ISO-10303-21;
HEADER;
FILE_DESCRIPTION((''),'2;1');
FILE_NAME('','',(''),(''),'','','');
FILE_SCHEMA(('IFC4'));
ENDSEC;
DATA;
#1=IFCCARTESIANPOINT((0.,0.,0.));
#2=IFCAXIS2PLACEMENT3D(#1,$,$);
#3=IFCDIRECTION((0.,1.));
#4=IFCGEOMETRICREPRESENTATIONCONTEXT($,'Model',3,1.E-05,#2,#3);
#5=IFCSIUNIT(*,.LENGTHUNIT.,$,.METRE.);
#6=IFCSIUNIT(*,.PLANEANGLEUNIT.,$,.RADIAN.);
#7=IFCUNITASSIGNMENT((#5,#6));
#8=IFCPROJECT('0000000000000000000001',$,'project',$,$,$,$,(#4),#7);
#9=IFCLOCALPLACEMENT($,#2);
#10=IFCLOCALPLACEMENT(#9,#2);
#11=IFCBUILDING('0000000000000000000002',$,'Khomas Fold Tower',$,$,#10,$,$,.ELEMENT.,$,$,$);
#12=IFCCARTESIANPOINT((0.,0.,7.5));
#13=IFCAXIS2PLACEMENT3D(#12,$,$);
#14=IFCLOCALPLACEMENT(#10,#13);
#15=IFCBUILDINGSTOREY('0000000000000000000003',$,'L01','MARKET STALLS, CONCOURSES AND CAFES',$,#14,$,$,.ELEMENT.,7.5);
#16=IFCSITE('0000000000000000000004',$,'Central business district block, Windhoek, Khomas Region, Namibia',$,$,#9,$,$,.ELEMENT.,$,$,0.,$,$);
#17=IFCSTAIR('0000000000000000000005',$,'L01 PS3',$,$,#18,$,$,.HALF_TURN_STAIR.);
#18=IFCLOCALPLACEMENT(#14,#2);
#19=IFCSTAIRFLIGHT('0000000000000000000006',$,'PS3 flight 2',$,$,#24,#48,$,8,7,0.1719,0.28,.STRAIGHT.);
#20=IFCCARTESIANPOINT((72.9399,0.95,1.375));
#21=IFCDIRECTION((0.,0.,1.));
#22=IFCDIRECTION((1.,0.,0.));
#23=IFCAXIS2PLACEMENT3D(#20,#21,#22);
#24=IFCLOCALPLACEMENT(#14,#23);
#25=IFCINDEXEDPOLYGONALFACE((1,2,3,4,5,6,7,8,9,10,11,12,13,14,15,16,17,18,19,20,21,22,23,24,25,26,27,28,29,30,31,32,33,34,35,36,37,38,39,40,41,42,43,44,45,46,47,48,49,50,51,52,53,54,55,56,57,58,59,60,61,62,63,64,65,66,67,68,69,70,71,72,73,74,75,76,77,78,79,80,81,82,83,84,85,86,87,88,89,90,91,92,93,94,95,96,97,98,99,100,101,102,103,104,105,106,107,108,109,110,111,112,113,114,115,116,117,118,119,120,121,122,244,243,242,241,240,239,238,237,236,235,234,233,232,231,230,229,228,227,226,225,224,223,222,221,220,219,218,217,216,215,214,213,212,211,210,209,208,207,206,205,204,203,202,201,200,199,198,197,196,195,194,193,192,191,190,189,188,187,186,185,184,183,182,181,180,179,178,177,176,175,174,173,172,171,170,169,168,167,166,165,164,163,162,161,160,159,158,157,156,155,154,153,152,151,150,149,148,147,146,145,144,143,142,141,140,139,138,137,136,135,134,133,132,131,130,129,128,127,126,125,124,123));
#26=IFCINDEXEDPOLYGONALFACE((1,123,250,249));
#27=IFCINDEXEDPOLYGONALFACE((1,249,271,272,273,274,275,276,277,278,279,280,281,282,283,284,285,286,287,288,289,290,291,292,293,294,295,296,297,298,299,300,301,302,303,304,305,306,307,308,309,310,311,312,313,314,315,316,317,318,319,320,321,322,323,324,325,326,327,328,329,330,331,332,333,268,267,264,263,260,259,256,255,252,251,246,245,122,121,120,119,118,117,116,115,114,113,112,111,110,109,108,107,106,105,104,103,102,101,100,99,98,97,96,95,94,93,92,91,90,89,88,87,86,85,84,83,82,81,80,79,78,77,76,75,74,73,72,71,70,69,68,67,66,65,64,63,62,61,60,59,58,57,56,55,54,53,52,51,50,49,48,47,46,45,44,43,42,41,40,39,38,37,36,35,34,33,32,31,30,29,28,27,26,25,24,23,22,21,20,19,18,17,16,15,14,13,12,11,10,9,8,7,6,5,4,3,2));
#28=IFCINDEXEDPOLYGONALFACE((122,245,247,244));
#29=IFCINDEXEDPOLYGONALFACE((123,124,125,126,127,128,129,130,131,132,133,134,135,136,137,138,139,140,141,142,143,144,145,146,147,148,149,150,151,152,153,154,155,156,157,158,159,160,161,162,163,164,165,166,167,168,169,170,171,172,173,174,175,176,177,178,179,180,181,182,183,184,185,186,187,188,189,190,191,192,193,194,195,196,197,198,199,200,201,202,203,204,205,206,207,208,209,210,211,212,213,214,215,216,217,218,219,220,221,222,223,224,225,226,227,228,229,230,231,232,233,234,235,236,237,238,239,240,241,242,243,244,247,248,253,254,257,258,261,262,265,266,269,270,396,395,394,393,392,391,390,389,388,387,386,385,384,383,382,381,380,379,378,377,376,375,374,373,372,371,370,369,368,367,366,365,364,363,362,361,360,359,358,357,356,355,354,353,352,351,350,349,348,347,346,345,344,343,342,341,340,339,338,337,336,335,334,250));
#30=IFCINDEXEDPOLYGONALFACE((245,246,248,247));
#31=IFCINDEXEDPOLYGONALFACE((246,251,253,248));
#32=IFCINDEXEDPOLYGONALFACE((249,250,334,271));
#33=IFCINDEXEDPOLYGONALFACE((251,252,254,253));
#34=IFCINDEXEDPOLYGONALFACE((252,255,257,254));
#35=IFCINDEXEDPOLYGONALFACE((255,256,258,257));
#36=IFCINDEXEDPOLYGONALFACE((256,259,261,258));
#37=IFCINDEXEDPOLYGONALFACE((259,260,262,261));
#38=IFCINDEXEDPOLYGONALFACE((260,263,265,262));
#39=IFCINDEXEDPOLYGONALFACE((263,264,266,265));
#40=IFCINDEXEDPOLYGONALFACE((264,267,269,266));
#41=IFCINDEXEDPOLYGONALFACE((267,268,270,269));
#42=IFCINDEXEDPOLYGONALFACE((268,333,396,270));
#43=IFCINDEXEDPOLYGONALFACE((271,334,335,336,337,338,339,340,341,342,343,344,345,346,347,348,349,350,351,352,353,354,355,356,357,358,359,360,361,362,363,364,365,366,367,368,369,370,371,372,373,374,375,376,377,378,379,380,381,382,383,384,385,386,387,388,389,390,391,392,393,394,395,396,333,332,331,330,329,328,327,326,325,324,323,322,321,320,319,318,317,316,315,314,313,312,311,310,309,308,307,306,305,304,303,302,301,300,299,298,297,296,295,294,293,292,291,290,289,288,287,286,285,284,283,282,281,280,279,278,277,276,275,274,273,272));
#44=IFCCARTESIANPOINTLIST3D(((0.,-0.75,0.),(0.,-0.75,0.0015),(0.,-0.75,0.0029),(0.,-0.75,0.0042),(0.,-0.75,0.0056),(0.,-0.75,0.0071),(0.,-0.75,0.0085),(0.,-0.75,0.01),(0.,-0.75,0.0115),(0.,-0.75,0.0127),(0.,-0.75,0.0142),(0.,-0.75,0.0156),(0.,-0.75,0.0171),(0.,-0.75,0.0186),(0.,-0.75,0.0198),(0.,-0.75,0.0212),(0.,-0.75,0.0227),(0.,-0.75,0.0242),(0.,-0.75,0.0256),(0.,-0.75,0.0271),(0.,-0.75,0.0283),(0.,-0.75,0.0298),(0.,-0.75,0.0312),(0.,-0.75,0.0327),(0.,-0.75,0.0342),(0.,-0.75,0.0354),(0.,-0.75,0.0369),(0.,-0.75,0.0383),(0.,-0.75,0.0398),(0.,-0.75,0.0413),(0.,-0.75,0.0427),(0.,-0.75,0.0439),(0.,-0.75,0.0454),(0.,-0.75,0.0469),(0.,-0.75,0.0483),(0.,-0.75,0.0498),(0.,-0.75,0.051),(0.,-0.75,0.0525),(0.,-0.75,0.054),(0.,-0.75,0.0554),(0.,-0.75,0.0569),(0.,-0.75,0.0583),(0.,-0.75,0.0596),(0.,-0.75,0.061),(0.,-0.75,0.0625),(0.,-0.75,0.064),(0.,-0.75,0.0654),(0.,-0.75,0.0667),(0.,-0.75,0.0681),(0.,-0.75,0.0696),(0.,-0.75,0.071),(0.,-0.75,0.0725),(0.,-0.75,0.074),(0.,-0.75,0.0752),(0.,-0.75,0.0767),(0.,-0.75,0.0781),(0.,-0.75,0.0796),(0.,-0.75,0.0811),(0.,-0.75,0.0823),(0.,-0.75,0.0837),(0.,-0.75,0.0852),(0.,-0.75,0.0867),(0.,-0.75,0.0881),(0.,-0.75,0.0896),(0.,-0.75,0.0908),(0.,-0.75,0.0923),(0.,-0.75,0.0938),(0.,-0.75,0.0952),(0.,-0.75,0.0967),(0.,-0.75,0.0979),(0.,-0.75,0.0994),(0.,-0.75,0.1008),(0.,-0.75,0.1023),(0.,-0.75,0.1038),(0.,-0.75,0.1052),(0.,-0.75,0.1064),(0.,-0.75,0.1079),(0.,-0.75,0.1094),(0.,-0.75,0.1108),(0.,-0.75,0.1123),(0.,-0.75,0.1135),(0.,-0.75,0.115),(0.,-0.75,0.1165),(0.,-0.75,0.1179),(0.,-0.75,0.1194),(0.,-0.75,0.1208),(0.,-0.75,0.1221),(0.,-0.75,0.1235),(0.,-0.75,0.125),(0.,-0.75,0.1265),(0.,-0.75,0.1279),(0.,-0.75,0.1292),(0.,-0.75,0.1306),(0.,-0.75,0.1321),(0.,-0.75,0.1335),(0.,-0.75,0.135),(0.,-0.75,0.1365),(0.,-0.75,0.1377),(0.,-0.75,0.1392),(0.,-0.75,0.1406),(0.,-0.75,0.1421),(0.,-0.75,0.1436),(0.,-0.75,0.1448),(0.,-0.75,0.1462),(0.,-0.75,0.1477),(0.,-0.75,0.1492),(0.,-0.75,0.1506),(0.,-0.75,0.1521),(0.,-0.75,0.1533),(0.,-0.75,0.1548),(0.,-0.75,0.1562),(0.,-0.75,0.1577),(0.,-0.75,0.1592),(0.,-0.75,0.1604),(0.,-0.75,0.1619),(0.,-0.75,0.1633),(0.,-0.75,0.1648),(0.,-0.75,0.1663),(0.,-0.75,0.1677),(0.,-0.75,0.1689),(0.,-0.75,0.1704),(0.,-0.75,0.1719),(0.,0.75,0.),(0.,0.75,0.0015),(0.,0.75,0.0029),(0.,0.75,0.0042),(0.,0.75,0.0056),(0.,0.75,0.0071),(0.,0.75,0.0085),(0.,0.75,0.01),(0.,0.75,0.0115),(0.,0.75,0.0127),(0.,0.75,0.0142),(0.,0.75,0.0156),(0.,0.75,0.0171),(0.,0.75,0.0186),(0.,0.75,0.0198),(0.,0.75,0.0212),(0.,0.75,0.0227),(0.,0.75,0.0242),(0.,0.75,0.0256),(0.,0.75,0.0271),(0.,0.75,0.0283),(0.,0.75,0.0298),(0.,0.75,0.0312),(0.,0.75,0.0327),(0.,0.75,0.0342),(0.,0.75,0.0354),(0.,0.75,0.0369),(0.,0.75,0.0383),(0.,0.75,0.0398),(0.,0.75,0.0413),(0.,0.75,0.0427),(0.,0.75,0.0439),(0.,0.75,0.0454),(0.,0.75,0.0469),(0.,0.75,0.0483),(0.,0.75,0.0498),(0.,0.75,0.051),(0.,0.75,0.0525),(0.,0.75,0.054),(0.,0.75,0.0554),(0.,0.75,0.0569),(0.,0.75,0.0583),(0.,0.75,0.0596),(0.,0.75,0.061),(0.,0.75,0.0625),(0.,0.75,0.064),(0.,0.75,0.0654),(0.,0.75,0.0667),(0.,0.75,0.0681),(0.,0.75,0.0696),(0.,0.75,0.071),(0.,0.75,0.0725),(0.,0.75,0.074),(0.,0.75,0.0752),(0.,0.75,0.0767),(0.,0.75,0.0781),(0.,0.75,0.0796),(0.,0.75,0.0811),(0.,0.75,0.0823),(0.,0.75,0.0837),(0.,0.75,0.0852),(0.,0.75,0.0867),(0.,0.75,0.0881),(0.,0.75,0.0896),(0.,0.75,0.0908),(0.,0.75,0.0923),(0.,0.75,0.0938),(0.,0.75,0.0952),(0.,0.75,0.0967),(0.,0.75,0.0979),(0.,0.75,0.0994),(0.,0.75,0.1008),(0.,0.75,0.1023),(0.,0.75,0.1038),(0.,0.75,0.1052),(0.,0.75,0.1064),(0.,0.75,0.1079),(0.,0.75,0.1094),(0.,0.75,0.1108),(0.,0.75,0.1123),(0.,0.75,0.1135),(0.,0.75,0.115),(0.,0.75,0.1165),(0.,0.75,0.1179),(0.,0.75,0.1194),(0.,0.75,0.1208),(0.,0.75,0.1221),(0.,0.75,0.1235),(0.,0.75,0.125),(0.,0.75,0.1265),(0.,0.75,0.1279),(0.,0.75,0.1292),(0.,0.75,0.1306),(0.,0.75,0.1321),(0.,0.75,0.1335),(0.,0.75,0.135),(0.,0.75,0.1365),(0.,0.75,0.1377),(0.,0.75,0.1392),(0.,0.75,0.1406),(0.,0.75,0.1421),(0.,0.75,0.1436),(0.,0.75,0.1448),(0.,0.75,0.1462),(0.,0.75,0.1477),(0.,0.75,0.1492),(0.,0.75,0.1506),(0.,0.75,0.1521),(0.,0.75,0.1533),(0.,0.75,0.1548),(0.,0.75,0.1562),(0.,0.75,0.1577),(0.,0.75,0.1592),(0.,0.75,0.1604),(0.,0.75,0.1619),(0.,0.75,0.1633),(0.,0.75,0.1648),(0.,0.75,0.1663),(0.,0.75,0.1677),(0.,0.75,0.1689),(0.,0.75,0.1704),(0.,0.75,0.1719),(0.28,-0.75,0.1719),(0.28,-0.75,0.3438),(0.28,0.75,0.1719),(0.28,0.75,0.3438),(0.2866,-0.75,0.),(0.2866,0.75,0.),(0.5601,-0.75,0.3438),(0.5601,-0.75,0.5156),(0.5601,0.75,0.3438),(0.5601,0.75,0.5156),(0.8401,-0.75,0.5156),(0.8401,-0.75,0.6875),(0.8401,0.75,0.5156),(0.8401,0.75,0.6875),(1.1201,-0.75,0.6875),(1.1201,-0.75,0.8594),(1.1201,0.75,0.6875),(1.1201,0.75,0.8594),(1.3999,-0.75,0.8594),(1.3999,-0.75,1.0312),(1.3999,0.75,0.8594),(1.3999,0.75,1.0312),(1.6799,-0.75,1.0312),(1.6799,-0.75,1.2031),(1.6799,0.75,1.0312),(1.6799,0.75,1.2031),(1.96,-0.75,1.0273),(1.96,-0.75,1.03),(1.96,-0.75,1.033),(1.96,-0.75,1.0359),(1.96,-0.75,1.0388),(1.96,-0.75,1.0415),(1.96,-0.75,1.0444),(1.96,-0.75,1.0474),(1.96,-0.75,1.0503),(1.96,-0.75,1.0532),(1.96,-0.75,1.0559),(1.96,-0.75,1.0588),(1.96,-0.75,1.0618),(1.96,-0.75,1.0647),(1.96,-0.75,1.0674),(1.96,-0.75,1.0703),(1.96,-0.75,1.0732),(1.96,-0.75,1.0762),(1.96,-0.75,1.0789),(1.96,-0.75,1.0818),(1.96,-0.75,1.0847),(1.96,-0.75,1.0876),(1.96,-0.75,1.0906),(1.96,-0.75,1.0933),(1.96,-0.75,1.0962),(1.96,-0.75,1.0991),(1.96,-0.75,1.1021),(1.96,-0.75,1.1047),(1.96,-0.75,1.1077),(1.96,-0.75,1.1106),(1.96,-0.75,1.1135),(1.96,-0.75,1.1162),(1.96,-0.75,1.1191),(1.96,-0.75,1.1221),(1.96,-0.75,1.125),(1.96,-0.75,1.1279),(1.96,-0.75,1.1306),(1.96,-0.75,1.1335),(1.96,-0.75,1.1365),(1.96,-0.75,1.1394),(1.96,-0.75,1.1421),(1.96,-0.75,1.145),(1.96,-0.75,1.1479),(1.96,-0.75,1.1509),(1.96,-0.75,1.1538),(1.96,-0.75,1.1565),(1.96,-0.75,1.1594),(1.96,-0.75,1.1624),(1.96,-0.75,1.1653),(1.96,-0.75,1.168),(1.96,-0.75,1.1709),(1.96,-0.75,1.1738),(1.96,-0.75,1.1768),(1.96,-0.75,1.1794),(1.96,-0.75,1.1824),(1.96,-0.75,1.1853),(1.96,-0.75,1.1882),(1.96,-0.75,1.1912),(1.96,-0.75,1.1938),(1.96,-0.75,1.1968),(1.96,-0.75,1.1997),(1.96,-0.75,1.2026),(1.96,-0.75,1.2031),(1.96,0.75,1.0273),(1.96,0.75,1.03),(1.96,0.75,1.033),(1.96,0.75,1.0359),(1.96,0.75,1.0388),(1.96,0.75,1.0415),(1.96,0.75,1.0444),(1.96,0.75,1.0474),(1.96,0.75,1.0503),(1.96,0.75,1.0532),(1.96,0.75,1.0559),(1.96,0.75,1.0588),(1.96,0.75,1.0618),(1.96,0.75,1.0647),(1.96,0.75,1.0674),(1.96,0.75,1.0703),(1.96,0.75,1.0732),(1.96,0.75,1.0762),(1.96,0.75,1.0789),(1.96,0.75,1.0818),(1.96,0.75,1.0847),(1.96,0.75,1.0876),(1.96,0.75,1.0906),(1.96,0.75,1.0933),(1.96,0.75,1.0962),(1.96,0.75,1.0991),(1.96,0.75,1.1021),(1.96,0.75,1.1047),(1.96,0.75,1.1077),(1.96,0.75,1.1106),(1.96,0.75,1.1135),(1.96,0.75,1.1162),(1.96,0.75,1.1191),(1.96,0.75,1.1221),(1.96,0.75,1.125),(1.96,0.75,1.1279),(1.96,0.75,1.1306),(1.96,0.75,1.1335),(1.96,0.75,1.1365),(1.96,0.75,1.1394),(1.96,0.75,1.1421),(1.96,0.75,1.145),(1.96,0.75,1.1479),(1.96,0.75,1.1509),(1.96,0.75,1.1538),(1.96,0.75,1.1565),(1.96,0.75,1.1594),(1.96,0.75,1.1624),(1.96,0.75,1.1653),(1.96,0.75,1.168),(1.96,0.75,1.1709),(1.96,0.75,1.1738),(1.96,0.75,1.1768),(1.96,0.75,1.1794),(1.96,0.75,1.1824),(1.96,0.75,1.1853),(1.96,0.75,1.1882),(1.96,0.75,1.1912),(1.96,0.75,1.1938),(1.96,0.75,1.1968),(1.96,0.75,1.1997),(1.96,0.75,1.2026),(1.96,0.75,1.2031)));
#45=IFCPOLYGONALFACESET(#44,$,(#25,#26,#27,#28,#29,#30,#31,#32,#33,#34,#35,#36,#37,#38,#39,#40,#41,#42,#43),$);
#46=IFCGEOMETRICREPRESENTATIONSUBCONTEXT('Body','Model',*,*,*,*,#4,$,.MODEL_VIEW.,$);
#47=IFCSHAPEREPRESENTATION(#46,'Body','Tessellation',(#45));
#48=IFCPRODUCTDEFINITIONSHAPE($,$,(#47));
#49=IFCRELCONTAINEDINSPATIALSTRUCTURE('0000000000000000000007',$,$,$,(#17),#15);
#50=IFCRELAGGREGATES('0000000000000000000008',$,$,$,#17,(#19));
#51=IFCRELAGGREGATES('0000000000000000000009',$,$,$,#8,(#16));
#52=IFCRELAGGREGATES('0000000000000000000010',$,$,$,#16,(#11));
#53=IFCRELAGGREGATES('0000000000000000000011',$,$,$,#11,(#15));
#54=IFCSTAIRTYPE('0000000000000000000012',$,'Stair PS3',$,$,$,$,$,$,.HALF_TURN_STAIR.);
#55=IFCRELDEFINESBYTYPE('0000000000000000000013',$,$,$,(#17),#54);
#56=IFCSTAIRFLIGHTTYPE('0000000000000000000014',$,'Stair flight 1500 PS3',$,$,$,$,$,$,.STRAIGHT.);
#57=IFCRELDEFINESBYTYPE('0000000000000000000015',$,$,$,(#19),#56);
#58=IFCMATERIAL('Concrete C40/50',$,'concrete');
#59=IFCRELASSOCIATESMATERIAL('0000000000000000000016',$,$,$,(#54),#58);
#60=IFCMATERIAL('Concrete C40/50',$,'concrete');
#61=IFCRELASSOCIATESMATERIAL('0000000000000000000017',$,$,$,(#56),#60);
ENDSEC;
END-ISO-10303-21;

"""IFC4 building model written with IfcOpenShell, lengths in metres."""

from ifc_helpers import new_model, si_unit, direction, frame, origin, place, context, subcontext, project, spatial, polyline, outline, extrude, source, transform, mapped, material, type_object, element, aggregate, save


model = new_model("IFC4")

# Units and contexts
model_context = context("Model", 3, precision=1e-05, world=origin(), true_north=direction((0.0, 1.0)))
body_context = subcontext(model_context, "Body", "Model", "MODEL_VIEW")
ifc_project = project(units=[si_unit("LENGTHUNIT", "METRE"), si_unit("PLANEANGLEUNIT", "RADIAN")], contexts=[model_context])

# Site, building, storey
site_placement = place(None, origin())
site = spatial("IfcSite", under=ifc_project, at=site_placement, Name="Central business district block, Windhoek, Khomas Region, Namibia", CompositionType="ELEMENT", RefElevation=0.0)
building_placement = place(site_placement, origin())
building = spatial("IfcBuilding", under=site, at=building_placement, Name="Khomas Fold Tower", CompositionType="ELEMENT")
storey_placement = place(building_placement, frame((0.0, 0.0, 7.5)))
storey = spatial("IfcBuildingStorey", under=building, at=storey_placement, Name="L01", Description="MARKET STALLS, CONCOURSES AND CAFES", CompositionType="ELEMENT", Elevation=7.5)

# Stair, stair flight
ifc_material_1 = material(Name="Concrete C40/50", Category="concrete")
stair_type = type_object("IfcStairType", Name="Stair PS3", PredefinedType="HALF_TURN_STAIR", material=ifc_material_1)
stair_placement = place(storey_placement, origin())
stair = element("IfcStair", 1, at=stair_placement, inside=storey, type_object=stair_type, Name="L01 PS3", PredefinedType="HALF_TURN_STAIR")
ifc_material_2 = material(Name="Concrete C40/50", Category="concrete")
stair_flight_type = type_object("IfcStairFlightType", Name="Stair flight 1500 PS3", PredefinedType="STRAIGHT", material=ifc_material_2)
shared_shape_1 = source(origin(), body_context, "Body", "SweptSolid", [
    extrude(outline(polyline([(0.0, 0.0), (0.0, 0.0015), (0.0, 0.0029), (0.0, 0.0042), (0.0, 0.0056), (0.0, 0.0071), (0.0, 0.0085), (0.0, 0.01), (0.0, 0.0115), (0.0, 0.0127), (0.0, 0.0142), (0.0, 0.0156), (0.0, 0.0171), (0.0, 0.0186), (0.0, 0.0198), (0.0, 0.0212), (0.0, 0.0227), (0.0, 0.0242), (0.0, 0.0256), (0.0, 0.0271), (0.0, 0.0283), (0.0, 0.0298), (0.0, 0.0312), (0.0, 0.0327), (0.0, 0.0342), (0.0, 0.0354), (0.0, 0.0369), (0.0, 0.0383), (0.0, 0.0398), (0.0, 0.0413), (0.0, 0.0427), (0.0, 0.0439), (0.0, 0.0454), (0.0, 0.0469), (0.0, 0.0483), (0.0, 0.0498), (0.0, 0.051), (0.0, 0.0525), (0.0, 0.054), (0.0, 0.0554), (0.0, 0.0569), (0.0, 0.0583), (0.0, 0.0596), (0.0, 0.061), (0.0, 0.0625), (0.0, 0.064), (0.0, 0.0654), (0.0, 0.0667), (0.0, 0.0681), (0.0, 0.0696), (0.0, 0.071), (0.0, 0.0725), (0.0, 0.074), (0.0, 0.0752), (0.0, 0.0767), (0.0, 0.0781), (0.0, 0.0796), (0.0, 0.0811), (0.0, 0.0823), (0.0, 0.0837), (0.0, 0.0852), (0.0, 0.0867), (0.0, 0.0881), (0.0, 0.0896), (0.0, 0.0908), (0.0, 0.0923), (0.0, 0.0938), (0.0, 0.0952), (0.0, 0.0967), (0.0, 0.0979), (0.0, 0.0994), (0.0, 0.1008), (0.0, 0.1023), (0.0, 0.1038), (0.0, 0.1052), (0.0, 0.1064), (0.0, 0.1079), (0.0, 0.1094), (0.0, 0.1108), (0.0, 0.1123), (0.0, 0.1135), (0.0, 0.115), (0.0, 0.1165), (0.0, 0.1179), (0.0, 0.1194), (0.0, 0.1208), (0.0, 0.1221), (0.0, 0.1235), (0.0, 0.125), (0.0, 0.1265), (0.0, 0.1279), (0.0, 0.1292), (0.0, 0.1306), (0.0, 0.1321), (0.0, 0.1335), (0.0, 0.135), (0.0, 0.1365), (0.0, 0.1377), (0.0, 0.1392), (0.0, 0.1406), (0.0, 0.1421), (0.0, 0.1436), (0.0, 0.1448), (0.0, 0.1462), (0.0, 0.1477), (0.0, 0.1492), (0.0, 0.1506), (0.0, 0.1521), (0.0, 0.1533), (0.0, 0.1548), (0.0, 0.1562), (0.0, 0.1577), (0.0, 0.1592), (0.0, 0.1604), (0.0, 0.1619), (0.0, 0.1633), (0.0, 0.1648), (0.0, 0.1663), (0.0, 0.1677), (0.0, 0.1689), (0.0, 0.1704), (0.0, 0.1719), (0.28, 0.1719), (0.28, 0.3438), (0.5601, 0.3438), (0.5601, 0.5156), (0.8401, 0.5156), (0.8401, 0.6875), (1.1201, 0.6875), (1.1201, 0.8594), (1.3999, 0.8594), (1.3999, 1.0312), (1.6799, 1.0312), (1.6799, 1.2031), (1.96, 1.2031), (1.96, 1.375), (1.96, 1.3721), (1.96, 1.3691), (1.96, 1.3665), (1.96, 1.3635), (1.96, 1.3606), (1.96, 1.3577), (1.96, 1.355), (1.96, 1.3521), (1.96, 1.3491), (1.96, 1.3462), (1.96, 1.3435), (1.96, 1.3406), (1.96, 1.3376), (1.96, 1.3347), (1.96, 1.3318), (1.96, 1.3291), (1.96, 1.3262), (1.96, 1.3232), (1.96, 1.3203), (1.96, 1.3176), (1.96, 1.3147), (1.96, 1.3118), (1.96, 1.3088), (1.96, 1.3059), (1.96, 1.3032), (1.96, 1.3003), (1.96, 1.2974), (1.96, 1.2944), (1.96, 1.2917), (1.96, 1.2888), (1.96, 1.2859), (1.96, 1.283), (1.96, 1.2803), (1.96, 1.2773), (1.96, 1.2744), (1.96, 1.2715), (1.96, 1.2686), (1.96, 1.2659), (1.96, 1.2629), (1.96, 1.26), (1.96, 1.2571), (1.96, 1.2544), (1.96, 1.2515), (1.96, 1.2485), (1.96, 1.2456), (1.96, 1.2427), (1.96, 1.24), (1.96, 1.2371), (1.96, 1.2341), (1.96, 1.2312), (1.96, 1.2285), (1.96, 1.2256), (1.96, 1.2227), (1.96, 1.2197), (1.96, 1.217), (1.96, 1.2141), (1.96, 1.2112), (1.96, 1.2083), (1.96, 1.2053), (1.96, 1.2026), (1.96, 1.1997), (1.96, 1.1968), (1.96, 1.1938), (1.96, 1.1912), (1.96, 1.1882), (1.96, 1.1853), (1.96, 1.1824), (1.96, 1.1794), (1.96, 1.1768), (1.96, 1.1738), (1.96, 1.1709), (1.96, 1.168), (1.96, 1.1653), (1.96, 1.1624), (1.96, 1.1594), (1.96, 1.1565), (1.96, 1.1538), (1.96, 1.1509), (1.96, 1.1479), (1.96, 1.145), (1.96, 1.1421), (1.96, 1.1394), (1.96, 1.1365), (1.96, 1.1335), (1.96, 1.1306), (1.96, 1.1279), (1.96, 1.125), (1.96, 1.1221), (1.96, 1.1191), (1.96, 1.1162), (1.96, 1.1135), (1.96, 1.1106), (1.96, 1.1077), (1.96, 1.1047), (1.96, 1.1021), (1.96, 1.0991), (1.96, 1.0962), (1.96, 1.0933), (1.96, 1.0906), (1.96, 1.0876), (1.96, 1.0847), (1.96, 1.0818), (1.96, 1.0789), (1.96, 1.0762), (1.96, 1.0732), (1.96, 1.0703), (1.96, 1.0674), (1.96, 1.0647), (1.96, 1.0618), (1.96, 1.0588), (1.96, 1.0559), (1.96, 1.0532), (1.96, 1.0503), (1.96, 1.0474), (1.96, 1.0444), (1.96, 1.0415), (1.96, 1.0388), (1.96, 1.0359), (1.96, 1.033), (1.96, 1.03), (1.96, 1.0273), (0.2866, 0.0), (0.0, 0.0)])), frame((0.0, 0.75, 0.0), z_axis=(0.0, -1.0, 0.0), x_axis=(1.0, 0.0, 0.0)), (0.0, 0.0, 1.0), 1.5),
])
stair_flight_1_placement = place(storey_placement, frame((72.9399, 0.95, 1.375), z_axis=(0.0, 0.0, 1.0), x_axis=(1.0, 0.0, 0.0)))
stair_flight_1 = element("IfcStairFlight", 2, at=stair_flight_1_placement, type_object=stair_flight_type, Name="PS3 flight 2", NumberOfRisers=8, NumberOfTreads=7, PredefinedType="STRAIGHT", RiserHeight=0.1719, TreadLength=0.28, context=body_context, shape_type="MappedRepresentation", body=[
    mapped(shared_shape_1, transform((0.0, 0.0, 0.0))),
])
aggregate(stair, [stair_flight_1])

save(model, "model.ifc")
